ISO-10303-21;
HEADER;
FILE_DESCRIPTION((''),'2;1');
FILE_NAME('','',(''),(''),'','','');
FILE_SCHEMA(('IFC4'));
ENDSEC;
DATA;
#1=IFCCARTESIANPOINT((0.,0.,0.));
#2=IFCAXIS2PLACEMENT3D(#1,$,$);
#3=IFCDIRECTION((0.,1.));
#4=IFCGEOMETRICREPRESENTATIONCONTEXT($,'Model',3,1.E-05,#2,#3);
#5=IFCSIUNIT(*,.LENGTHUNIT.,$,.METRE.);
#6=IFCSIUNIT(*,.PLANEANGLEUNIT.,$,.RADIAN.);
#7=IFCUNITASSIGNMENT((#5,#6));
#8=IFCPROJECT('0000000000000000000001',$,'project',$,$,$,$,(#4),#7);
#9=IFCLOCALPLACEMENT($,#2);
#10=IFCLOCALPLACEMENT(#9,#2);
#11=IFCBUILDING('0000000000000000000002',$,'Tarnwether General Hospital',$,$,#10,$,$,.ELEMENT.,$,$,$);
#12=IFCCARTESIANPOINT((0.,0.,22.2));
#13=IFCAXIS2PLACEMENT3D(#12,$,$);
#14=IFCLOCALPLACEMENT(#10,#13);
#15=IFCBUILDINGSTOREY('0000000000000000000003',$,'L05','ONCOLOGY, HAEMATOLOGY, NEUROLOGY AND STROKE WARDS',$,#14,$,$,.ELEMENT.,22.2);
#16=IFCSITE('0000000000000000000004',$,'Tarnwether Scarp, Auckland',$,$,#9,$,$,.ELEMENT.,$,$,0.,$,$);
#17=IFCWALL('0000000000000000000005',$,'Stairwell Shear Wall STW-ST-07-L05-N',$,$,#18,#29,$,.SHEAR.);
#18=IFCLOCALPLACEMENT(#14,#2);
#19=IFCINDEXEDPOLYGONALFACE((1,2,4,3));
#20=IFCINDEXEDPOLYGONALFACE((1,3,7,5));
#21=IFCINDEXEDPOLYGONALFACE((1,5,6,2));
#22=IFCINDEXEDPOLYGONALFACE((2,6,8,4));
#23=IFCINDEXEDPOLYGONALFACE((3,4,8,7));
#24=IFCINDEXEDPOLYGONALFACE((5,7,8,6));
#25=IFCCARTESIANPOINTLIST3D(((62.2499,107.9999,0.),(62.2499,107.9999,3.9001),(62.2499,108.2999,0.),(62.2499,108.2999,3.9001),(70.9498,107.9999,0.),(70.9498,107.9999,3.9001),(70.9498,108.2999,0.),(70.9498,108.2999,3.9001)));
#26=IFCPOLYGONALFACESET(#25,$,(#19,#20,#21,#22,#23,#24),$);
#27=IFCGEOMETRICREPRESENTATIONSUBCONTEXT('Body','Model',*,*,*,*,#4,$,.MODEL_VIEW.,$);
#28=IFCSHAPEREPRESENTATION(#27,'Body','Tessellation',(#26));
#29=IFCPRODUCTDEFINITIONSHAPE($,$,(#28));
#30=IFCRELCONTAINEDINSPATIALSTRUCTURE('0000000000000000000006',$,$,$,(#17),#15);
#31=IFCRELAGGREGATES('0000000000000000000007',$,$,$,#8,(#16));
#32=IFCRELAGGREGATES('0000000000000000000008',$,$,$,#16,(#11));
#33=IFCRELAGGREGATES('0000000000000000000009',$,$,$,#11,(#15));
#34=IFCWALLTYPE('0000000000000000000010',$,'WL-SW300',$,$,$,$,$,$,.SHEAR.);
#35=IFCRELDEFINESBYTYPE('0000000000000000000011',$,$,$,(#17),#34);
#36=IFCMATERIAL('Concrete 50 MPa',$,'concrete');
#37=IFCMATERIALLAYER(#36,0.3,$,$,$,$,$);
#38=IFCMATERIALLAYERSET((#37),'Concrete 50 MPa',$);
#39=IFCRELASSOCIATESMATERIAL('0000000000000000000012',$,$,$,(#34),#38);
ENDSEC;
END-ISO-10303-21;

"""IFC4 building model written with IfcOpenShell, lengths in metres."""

from ifc_helpers import new_model, si_unit, direction, frame, frame_2d, origin, place, context, subcontext, project, spatial, rectangle, extrude, material, layer, layer_set, type_object, element, save


model = new_model("IFC4")

# Units and contexts
model_context = context("Model", 3, precision=1e-05, world=origin(), true_north=direction((0.0, 1.0)))
body_context = subcontext(model_context, "Body", "Model", "MODEL_VIEW")
ifc_project = project(units=[si_unit("LENGTHUNIT", "METRE"), si_unit("PLANEANGLEUNIT", "RADIAN")], contexts=[model_context])

# Site, building, storey
site_placement = place(None, origin())
site = spatial("IfcSite", under=ifc_project, at=site_placement, Name="Tarnwether Scarp, Auckland", CompositionType="ELEMENT", RefElevation=0.0)
building_placement = place(site_placement, origin())
building = spatial("IfcBuilding", under=site, at=building_placement, Name="Tarnwether General Hospital", CompositionType="ELEMENT")
storey_placement = place(building_placement, frame((0.0, 0.0, 22.2)))
storey = spatial("IfcBuildingStorey", under=building, at=storey_placement, Name="L05", Description="ONCOLOGY, HAEMATOLOGY, NEUROLOGY AND STROKE WARDS", CompositionType="ELEMENT", Elevation=22.2)

# Wall
ifc_material_1 = material(Name="Concrete 50 MPa", Category="concrete")
ifc_layer_1 = layer(ifc_material_1, 0.3)
ifc_layer_set_1 = layer_set([ifc_layer_1], Name="Concrete 50 MPa")
wall_type_1 = type_object("IfcWallType", Name="WL-SW300", PredefinedType="SHEAR", material=ifc_layer_set_1)
wall_1_placement = place(storey_placement, frame((70.95, 108.1499, 0.0), z_axis=(0.0, 0.0, 1.0), x_axis=(-1.0, 0.0, 0.0)))
element("IfcWall", 1, at=wall_1_placement, inside=storey, type_object=wall_type_1, Name="Stairwell Shear Wall STW-ST-07-L05-N", PredefinedType="SHEAR", context=body_context, shape_type="SweptSolid", body=[
    extrude(rectangle(XDim=8.7, YDim=0.3, at=frame_2d((4.3501, 0.0))), origin(), (0.0, 0.0, 1.0), 3.9001),
])

save(model, "model.ifc")
